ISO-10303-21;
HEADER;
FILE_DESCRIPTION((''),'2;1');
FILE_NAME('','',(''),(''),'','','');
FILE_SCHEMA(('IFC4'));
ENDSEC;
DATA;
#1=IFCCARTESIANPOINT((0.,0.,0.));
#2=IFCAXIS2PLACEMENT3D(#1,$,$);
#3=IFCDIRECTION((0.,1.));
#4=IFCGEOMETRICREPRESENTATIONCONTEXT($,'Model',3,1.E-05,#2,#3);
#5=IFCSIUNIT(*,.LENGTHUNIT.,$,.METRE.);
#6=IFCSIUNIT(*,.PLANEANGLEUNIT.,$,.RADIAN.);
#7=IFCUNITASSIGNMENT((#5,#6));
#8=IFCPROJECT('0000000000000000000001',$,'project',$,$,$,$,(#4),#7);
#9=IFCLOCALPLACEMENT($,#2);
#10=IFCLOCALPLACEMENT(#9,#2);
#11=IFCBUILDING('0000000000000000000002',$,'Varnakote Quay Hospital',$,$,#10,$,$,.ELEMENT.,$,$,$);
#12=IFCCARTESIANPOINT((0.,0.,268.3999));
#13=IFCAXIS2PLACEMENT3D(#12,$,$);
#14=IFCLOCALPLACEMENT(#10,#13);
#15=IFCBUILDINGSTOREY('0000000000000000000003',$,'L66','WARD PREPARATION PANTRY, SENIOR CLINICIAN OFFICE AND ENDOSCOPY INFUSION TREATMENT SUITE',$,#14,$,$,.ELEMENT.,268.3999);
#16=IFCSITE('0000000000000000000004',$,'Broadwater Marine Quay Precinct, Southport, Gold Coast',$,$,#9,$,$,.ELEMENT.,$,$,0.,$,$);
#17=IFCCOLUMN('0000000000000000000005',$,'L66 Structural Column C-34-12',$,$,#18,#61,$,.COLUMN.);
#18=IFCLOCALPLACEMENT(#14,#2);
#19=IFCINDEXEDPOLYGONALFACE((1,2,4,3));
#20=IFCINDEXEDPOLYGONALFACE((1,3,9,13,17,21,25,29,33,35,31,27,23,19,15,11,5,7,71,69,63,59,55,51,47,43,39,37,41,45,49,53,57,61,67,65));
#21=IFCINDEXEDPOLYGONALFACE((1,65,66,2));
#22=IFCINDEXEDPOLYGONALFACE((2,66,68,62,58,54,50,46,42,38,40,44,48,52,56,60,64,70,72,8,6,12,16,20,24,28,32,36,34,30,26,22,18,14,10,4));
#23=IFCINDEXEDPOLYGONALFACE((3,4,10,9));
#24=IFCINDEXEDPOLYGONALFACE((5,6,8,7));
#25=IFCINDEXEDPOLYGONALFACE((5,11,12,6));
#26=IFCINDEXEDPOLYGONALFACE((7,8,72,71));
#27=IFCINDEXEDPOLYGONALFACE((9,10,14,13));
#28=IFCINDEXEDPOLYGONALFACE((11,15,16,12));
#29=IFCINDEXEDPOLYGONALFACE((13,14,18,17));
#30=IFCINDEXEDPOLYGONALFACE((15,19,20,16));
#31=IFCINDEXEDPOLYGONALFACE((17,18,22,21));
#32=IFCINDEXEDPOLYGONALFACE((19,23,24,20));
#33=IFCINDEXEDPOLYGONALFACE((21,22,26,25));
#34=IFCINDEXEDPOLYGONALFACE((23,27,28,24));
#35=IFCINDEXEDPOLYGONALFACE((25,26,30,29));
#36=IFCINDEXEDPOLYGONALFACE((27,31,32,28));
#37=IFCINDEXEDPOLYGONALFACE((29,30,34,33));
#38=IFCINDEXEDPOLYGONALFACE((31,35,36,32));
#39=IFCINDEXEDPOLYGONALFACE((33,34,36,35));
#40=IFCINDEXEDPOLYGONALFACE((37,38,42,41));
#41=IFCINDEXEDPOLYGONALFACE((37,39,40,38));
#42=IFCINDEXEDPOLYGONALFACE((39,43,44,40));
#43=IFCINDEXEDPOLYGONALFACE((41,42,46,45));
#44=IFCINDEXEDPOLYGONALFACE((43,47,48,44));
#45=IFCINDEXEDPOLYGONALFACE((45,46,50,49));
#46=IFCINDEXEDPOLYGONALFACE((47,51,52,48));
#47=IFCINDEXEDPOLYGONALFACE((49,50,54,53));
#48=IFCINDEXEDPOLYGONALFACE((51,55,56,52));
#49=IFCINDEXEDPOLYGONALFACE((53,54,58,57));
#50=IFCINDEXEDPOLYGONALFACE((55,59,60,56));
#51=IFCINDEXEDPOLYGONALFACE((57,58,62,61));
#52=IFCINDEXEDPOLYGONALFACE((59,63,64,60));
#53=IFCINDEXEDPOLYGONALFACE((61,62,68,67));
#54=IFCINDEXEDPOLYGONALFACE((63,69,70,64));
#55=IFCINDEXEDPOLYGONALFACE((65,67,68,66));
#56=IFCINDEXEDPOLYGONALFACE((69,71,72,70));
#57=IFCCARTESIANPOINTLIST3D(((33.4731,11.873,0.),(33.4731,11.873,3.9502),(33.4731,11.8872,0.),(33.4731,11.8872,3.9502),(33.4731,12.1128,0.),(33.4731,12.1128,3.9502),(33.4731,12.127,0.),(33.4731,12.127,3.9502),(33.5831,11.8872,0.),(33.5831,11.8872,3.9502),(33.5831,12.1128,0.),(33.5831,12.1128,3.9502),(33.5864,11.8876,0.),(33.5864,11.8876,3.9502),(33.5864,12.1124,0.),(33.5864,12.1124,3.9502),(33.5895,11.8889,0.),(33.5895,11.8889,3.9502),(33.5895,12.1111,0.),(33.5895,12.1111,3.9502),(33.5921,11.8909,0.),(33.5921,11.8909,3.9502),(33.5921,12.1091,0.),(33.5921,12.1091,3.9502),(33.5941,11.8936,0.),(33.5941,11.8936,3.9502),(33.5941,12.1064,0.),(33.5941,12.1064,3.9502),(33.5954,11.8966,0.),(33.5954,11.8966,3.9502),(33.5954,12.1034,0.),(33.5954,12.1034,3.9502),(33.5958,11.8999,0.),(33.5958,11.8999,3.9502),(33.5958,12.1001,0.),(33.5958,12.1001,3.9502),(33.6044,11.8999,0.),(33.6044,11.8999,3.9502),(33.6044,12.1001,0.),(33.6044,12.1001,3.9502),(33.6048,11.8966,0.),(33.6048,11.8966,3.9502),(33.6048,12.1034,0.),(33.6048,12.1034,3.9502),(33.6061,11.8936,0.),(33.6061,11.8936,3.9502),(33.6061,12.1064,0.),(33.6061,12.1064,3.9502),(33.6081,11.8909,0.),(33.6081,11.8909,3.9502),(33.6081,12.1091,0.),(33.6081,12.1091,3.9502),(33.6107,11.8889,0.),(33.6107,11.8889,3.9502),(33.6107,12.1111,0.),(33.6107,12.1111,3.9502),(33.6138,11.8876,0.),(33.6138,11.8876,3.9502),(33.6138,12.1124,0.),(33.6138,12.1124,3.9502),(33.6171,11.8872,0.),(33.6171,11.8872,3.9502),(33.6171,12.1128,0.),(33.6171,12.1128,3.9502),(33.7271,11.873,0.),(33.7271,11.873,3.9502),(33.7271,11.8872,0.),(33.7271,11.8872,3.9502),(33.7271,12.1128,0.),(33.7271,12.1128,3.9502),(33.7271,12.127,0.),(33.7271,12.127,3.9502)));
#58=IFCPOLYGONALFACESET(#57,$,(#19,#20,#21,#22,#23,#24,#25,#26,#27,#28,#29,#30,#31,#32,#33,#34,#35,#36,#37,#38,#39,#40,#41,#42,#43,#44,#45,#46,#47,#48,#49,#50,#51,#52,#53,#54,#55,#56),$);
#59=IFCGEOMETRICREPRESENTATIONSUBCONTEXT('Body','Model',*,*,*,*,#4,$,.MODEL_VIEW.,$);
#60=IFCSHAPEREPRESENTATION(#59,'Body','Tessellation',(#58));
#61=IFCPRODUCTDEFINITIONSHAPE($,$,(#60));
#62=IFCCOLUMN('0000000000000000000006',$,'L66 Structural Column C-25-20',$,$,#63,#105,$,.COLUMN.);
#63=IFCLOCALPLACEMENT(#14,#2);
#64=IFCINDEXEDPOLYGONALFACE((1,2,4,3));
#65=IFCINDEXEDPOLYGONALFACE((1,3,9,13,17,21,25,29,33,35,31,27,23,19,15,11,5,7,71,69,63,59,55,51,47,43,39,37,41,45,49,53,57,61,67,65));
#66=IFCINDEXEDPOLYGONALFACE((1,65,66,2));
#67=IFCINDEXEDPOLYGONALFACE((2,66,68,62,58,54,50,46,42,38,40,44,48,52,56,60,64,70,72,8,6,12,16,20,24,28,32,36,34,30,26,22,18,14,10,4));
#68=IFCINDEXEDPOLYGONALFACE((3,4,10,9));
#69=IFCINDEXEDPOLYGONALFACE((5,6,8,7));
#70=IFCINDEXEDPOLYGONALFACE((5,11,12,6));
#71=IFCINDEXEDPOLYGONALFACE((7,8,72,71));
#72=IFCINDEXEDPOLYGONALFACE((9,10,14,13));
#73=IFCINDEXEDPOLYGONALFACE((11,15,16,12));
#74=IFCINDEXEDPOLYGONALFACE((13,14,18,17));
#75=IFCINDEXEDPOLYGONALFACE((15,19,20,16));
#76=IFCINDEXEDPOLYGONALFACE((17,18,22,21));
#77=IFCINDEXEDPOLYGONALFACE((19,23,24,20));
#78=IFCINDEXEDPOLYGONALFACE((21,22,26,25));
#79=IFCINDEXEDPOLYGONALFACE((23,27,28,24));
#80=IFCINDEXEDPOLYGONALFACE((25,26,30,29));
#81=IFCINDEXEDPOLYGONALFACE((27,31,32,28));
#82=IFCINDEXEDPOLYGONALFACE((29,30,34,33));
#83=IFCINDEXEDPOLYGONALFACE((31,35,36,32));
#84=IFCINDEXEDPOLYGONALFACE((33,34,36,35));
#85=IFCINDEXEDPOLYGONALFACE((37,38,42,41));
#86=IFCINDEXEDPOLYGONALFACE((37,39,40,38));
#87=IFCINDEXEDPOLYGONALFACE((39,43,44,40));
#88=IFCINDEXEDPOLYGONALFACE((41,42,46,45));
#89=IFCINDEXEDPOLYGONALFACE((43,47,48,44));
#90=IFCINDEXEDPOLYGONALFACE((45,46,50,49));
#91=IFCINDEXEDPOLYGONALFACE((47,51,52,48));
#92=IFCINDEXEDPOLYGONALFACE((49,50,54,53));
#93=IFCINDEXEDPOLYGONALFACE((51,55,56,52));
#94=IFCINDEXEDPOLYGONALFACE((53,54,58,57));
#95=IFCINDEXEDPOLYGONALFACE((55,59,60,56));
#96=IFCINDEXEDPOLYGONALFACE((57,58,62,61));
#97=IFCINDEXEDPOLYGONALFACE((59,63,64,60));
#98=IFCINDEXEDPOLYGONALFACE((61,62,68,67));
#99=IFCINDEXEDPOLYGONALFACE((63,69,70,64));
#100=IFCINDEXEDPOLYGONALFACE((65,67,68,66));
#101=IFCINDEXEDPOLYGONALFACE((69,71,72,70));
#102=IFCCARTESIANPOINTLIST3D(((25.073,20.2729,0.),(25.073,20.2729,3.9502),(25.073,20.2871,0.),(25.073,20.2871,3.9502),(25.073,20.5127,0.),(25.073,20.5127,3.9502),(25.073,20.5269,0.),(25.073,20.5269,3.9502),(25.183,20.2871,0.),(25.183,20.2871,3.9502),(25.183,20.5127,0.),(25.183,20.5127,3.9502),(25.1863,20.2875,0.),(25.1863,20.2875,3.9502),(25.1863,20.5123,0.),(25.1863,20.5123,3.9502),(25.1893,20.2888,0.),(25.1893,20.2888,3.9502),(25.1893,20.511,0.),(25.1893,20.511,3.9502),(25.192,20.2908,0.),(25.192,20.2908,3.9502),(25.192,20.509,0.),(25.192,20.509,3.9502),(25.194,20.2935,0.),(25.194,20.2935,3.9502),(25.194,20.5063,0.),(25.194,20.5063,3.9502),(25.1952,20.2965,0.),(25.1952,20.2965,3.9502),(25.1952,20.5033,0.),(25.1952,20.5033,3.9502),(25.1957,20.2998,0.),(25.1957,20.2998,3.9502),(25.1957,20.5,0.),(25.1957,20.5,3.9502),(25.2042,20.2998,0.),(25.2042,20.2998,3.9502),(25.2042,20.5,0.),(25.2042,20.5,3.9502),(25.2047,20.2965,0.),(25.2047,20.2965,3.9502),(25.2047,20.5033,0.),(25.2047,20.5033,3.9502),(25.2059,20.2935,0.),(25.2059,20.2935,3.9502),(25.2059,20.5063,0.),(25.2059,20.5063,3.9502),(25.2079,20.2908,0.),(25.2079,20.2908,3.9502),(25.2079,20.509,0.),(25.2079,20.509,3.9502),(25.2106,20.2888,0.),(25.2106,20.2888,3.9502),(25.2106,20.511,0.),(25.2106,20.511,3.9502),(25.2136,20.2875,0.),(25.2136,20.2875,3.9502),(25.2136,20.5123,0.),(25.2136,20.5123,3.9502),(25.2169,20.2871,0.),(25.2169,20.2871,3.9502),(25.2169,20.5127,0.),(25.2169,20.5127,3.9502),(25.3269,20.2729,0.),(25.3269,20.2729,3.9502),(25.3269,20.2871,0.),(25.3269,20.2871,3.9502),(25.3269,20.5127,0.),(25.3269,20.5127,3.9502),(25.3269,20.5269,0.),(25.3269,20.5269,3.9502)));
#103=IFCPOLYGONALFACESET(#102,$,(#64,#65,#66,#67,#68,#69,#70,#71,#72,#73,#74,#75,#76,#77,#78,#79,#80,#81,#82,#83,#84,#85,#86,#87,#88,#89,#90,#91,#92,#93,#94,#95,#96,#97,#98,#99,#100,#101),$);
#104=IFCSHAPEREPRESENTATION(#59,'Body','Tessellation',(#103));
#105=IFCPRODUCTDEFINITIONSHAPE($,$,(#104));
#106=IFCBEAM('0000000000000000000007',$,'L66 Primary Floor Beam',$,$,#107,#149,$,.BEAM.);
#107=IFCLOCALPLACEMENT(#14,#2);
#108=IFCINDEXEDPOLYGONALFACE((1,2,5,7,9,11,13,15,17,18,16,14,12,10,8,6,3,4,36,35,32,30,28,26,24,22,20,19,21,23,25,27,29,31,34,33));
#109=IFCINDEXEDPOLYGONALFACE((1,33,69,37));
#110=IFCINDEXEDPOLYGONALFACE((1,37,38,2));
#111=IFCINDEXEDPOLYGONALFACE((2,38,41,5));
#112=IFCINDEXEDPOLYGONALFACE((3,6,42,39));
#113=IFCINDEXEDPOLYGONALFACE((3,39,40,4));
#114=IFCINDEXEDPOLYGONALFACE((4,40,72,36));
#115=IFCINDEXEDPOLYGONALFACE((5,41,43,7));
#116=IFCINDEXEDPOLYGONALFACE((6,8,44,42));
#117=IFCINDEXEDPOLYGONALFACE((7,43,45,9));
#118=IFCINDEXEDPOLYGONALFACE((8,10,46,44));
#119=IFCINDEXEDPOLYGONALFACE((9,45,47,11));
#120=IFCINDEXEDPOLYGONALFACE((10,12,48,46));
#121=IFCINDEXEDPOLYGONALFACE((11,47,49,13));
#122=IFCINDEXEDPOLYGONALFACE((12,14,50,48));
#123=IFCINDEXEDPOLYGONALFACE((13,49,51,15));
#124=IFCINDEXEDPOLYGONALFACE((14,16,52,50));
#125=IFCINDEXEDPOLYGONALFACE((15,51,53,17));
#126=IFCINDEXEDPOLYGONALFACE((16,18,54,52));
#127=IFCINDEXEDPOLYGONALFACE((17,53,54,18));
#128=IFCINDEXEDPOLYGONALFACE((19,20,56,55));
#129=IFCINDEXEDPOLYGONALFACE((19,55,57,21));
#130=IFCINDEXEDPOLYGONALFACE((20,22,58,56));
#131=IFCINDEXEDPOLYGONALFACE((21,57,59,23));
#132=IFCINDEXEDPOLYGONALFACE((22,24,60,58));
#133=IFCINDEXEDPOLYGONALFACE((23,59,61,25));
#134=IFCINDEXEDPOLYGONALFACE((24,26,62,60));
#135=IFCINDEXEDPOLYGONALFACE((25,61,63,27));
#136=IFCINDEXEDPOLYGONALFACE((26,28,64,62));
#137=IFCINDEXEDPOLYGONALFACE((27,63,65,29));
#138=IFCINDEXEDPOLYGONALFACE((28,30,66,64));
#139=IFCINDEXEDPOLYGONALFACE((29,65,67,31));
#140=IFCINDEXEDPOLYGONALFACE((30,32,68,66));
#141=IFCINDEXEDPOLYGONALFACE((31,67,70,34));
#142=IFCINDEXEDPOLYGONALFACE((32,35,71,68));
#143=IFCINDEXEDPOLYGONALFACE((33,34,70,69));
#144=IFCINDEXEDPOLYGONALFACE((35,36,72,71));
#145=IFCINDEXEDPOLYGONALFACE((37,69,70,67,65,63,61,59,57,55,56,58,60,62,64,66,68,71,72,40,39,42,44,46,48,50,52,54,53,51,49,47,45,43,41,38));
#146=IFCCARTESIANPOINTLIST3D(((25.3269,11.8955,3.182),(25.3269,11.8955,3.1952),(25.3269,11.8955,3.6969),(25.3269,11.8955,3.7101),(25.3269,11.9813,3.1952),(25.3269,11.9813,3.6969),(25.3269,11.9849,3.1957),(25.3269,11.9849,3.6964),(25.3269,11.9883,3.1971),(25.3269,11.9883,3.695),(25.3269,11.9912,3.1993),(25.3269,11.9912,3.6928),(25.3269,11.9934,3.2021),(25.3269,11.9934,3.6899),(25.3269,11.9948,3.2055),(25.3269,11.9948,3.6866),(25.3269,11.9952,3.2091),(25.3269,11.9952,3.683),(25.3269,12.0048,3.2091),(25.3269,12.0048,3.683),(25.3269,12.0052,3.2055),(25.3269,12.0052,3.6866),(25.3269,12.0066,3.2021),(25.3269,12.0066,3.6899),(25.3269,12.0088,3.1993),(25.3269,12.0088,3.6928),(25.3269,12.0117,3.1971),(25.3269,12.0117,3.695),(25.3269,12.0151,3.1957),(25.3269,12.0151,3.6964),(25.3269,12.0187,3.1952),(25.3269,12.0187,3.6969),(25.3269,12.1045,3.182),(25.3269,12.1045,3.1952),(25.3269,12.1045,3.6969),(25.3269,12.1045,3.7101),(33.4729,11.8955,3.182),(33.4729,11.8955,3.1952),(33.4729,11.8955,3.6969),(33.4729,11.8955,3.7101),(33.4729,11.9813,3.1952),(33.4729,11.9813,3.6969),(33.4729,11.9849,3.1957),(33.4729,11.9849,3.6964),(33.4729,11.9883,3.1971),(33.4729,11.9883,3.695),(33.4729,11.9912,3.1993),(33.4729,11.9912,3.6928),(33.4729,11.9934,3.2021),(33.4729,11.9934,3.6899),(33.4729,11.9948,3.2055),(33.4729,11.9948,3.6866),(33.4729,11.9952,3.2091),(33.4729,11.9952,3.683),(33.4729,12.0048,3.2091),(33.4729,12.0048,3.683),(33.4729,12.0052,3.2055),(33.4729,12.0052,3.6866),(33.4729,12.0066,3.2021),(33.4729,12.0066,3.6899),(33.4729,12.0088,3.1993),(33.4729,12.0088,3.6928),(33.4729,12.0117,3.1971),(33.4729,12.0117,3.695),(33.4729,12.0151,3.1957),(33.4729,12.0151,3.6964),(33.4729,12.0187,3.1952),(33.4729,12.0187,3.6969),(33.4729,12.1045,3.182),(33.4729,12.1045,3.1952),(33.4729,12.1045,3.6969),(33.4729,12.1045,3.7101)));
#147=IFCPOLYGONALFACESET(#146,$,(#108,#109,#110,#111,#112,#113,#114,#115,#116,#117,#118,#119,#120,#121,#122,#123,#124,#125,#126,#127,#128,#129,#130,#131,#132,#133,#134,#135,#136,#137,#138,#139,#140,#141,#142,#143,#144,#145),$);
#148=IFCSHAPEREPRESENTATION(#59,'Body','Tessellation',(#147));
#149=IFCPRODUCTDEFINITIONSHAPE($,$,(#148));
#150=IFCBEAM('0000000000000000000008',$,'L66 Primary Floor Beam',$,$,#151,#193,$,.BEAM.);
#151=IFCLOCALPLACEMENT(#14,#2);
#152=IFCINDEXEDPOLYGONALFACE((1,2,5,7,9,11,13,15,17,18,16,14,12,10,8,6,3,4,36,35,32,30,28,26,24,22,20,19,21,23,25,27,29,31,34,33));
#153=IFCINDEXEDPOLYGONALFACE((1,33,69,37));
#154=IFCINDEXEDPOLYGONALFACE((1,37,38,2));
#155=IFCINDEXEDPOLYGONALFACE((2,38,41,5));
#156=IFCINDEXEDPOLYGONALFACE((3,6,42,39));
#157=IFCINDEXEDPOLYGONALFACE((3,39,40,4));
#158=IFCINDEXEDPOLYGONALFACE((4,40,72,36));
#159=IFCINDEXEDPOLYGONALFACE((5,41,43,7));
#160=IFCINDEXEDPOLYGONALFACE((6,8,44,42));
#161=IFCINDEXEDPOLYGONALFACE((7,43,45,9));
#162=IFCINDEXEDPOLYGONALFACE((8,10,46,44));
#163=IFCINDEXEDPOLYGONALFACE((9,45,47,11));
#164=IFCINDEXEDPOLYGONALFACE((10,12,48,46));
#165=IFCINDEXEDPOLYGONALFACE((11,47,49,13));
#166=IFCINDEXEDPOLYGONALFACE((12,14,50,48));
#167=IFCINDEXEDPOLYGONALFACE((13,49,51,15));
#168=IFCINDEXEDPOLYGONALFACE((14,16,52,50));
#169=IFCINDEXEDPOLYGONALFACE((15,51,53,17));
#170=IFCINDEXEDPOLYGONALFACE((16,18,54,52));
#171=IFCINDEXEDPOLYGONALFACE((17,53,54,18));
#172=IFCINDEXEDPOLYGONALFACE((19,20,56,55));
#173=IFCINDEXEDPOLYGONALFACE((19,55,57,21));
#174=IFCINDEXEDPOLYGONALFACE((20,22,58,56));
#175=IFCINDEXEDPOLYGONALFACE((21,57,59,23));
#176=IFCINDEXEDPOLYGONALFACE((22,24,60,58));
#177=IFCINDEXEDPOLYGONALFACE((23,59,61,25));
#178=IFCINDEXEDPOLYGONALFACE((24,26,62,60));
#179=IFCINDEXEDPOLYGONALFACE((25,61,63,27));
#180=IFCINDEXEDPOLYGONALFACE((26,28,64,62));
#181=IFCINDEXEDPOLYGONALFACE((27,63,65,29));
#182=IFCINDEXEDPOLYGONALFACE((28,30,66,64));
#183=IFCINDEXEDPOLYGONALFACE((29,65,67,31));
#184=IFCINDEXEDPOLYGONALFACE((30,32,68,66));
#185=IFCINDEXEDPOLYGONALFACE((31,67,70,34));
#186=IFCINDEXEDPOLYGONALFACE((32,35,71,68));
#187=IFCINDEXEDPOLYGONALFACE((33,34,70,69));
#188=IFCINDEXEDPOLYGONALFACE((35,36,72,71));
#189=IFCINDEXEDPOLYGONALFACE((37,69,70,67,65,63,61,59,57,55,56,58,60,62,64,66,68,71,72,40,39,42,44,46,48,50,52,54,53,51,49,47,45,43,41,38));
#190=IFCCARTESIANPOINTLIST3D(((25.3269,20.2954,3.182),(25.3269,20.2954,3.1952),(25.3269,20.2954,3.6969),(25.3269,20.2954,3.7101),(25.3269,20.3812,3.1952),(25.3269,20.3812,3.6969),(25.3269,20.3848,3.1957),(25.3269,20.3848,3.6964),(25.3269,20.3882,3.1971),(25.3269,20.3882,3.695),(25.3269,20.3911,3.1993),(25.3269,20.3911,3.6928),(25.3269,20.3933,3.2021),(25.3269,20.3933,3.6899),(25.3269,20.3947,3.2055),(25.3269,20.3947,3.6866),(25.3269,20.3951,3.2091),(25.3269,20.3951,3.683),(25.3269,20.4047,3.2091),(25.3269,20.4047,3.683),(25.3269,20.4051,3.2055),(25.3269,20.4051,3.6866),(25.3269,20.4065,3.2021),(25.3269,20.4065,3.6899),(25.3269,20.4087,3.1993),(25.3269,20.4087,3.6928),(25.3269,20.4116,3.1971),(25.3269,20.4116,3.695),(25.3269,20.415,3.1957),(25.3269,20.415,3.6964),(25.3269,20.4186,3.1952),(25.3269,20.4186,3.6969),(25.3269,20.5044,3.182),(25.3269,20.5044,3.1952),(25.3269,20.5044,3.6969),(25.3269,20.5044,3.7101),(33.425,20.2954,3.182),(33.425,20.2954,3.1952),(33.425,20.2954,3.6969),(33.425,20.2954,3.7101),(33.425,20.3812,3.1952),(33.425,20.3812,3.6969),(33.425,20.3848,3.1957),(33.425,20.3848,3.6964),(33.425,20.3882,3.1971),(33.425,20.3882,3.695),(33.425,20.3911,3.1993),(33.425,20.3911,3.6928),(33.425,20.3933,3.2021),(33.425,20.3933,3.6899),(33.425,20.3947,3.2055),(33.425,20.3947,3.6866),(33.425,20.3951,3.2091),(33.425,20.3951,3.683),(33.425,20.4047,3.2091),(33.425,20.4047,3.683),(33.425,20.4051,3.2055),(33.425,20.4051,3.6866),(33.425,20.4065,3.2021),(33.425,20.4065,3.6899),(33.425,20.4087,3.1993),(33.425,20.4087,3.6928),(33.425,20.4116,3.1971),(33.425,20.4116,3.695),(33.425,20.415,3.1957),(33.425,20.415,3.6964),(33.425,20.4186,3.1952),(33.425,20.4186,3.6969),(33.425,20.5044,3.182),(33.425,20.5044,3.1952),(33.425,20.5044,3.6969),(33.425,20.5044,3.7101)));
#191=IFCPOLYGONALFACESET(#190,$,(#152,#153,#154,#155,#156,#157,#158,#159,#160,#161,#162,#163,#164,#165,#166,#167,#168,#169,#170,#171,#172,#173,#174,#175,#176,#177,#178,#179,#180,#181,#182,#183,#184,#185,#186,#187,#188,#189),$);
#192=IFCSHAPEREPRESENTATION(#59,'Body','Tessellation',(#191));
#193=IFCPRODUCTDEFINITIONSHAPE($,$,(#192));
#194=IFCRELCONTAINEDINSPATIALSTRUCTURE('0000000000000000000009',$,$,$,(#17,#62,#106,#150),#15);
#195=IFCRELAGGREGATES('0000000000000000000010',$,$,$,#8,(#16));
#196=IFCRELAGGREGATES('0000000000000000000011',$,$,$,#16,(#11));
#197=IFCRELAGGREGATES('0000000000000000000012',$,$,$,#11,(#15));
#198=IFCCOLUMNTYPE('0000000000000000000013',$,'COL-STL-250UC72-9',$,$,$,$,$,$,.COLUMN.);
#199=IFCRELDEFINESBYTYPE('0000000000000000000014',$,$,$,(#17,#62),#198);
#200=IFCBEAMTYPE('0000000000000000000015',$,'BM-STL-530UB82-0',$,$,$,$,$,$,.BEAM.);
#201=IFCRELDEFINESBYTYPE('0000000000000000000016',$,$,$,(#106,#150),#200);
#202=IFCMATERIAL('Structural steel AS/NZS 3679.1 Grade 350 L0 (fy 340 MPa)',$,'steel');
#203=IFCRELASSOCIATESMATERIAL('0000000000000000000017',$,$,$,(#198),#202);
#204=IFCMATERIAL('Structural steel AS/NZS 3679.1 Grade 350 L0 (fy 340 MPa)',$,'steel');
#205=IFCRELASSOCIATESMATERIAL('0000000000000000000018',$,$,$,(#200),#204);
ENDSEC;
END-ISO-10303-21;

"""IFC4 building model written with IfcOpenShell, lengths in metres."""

from ifc_helpers import new_model, si_unit, direction, frame, origin, origin_2d, place, context, subcontext, project, spatial, i_section, extrude, material, material_profile, profile_set, type_object, element, save


model = new_model("IFC4")

# Units and contexts
model_context = context("Model", 3, precision=1e-05, world=origin(), true_north=direction((0.0, 1.0)))
body_context = subcontext(model_context, "Body", "Model", "MODEL_VIEW")
ifc_project = project(units=[si_unit("LENGTHUNIT", "METRE"), si_unit("PLANEANGLEUNIT", "RADIAN")], contexts=[model_context])

# Site, building, storey
site_placement = place(None, origin())
site = spatial("IfcSite", under=ifc_project, at=site_placement, Name="Broadwater Marine Quay Precinct, Southport, Gold Coast", CompositionType="ELEMENT", RefElevation=0.0)
building_placement = place(site_placement, origin())
building = spatial("IfcBuilding", under=site, at=building_placement, Name="Varnakote Quay Hospital", CompositionType="ELEMENT")
storey_placement = place(building_placement, frame((0.0, 0.0, 268.3999)))
storey = spatial("IfcBuildingStorey", under=building, at=storey_placement, Name="L66", Description="WARD PREPARATION PANTRY, SENIOR CLINICIAN OFFICE AND ENDOSCOPY INFUSION TREATMENT SUITE", CompositionType="ELEMENT", Elevation=268.3999)

# Columns
ifc_material_1 = material(Name="Structural steel AS/NZS 3679.1 Grade 350 L0 (fy 340 MPa)", Category="steel")
ifc_material_profile_1 = material_profile(ifc_material_1, i_section(OverallWidth=0.2539, OverallDepth=0.2539, WebThickness=0.0085, FlangeThickness=0.0142, FilletRadius=0.0127, at=origin_2d()), Name="250UC72.9")
ifc_profile_set_1 = profile_set([ifc_material_profile_1], Name="Structural steel AS/NZS 3679.1 Grade 350 L0 (fy 340 MPa)")
column_type_1 = type_object("IfcColumnType", Name="COL-STL-250UC72-9", PredefinedType="COLUMN", material=ifc_profile_set_1)
for number, where, z_axis, x_axis, name in (
    (1, (33.6001, 12.0, 0.0), (0.0, 0.0, 1.0), (1.0, 0.0, 0.0), "L66 Structural Column C-34-12"),
    (2, (25.2, 20.3999, 0.0), (0.0, 0.0, 1.0), (1.0, 0.0, 0.0), "L66 Structural Column C-25-20"),
):
    element("IfcColumn", number, at=place(storey_placement, frame(where, z_axis=z_axis, x_axis=x_axis)), inside=storey, type_object=column_type_1, Name=name, PredefinedType="COLUMN", context=body_context, shape_type="SweptSolid", body=[
        extrude(i_section(OverallWidth=0.2539, OverallDepth=0.2539, WebThickness=0.0085, FlangeThickness=0.0142, FilletRadius=0.0127, at=origin_2d()), origin(), (0.0, 0.0, 1.0), 3.9502),
    ])

# Beams
ifc_material_2 = material(Name="Structural steel AS/NZS 3679.1 Grade 350 L0 (fy 340 MPa)", Category="steel")
ifc_material_profile_2 = material_profile(ifc_material_2, i_section(OverallWidth=0.209, OverallDepth=0.5281, WebThickness=0.0095, FlangeThickness=0.0132, FilletRadius=0.0139, at=origin_2d()), Name="530UB82.0")
ifc_profile_set_2 = profile_set([ifc_material_profile_2], Name="Structural steel AS/NZS 3679.1 Grade 350 L0 (fy 340 MPa)")
beam_type_1 = type_object("IfcBeamType", Name="BM-STL-530UB82-0", PredefinedType="BEAM", material=ifc_profile_set_2)
beam_1_placement = place(storey_placement, frame((25.3269, 12.0, 3.446), z_axis=(1.0, 0.0, 0.0), x_axis=(0.0, 1.0, 0.0)))
element("IfcBeam", 3, at=beam_1_placement, inside=storey, type_object=beam_type_1, Name="L66 Primary Floor Beam", PredefinedType="BEAM", context=body_context, shape_type="SweptSolid", body=[
    extrude(i_section(OverallWidth=0.209, OverallDepth=0.5281, WebThickness=0.0095, FlangeThickness=0.0132, FilletRadius=0.0139, at=origin_2d()), origin(), (0.0, 0.0, 1.0), 8.146),
])
beam_2_placement = place(storey_placement, frame((25.3269, 20.3999, 3.446), z_axis=(1.0, 0.0, 0.0), x_axis=(0.0, 1.0, 0.0)))
element("IfcBeam", 4, at=beam_2_placement, inside=storey, type_object=beam_type_1, Name="L66 Primary Floor Beam", PredefinedType="BEAM", context=body_context, shape_type="SweptSolid", body=[
    extrude(i_section(OverallWidth=0.209, OverallDepth=0.5281, WebThickness=0.0095, FlangeThickness=0.0132, FilletRadius=0.0139, at=origin_2d()), origin(), (0.0, 0.0, 1.0), 8.0981),
])

save(model, "model.ifc")
